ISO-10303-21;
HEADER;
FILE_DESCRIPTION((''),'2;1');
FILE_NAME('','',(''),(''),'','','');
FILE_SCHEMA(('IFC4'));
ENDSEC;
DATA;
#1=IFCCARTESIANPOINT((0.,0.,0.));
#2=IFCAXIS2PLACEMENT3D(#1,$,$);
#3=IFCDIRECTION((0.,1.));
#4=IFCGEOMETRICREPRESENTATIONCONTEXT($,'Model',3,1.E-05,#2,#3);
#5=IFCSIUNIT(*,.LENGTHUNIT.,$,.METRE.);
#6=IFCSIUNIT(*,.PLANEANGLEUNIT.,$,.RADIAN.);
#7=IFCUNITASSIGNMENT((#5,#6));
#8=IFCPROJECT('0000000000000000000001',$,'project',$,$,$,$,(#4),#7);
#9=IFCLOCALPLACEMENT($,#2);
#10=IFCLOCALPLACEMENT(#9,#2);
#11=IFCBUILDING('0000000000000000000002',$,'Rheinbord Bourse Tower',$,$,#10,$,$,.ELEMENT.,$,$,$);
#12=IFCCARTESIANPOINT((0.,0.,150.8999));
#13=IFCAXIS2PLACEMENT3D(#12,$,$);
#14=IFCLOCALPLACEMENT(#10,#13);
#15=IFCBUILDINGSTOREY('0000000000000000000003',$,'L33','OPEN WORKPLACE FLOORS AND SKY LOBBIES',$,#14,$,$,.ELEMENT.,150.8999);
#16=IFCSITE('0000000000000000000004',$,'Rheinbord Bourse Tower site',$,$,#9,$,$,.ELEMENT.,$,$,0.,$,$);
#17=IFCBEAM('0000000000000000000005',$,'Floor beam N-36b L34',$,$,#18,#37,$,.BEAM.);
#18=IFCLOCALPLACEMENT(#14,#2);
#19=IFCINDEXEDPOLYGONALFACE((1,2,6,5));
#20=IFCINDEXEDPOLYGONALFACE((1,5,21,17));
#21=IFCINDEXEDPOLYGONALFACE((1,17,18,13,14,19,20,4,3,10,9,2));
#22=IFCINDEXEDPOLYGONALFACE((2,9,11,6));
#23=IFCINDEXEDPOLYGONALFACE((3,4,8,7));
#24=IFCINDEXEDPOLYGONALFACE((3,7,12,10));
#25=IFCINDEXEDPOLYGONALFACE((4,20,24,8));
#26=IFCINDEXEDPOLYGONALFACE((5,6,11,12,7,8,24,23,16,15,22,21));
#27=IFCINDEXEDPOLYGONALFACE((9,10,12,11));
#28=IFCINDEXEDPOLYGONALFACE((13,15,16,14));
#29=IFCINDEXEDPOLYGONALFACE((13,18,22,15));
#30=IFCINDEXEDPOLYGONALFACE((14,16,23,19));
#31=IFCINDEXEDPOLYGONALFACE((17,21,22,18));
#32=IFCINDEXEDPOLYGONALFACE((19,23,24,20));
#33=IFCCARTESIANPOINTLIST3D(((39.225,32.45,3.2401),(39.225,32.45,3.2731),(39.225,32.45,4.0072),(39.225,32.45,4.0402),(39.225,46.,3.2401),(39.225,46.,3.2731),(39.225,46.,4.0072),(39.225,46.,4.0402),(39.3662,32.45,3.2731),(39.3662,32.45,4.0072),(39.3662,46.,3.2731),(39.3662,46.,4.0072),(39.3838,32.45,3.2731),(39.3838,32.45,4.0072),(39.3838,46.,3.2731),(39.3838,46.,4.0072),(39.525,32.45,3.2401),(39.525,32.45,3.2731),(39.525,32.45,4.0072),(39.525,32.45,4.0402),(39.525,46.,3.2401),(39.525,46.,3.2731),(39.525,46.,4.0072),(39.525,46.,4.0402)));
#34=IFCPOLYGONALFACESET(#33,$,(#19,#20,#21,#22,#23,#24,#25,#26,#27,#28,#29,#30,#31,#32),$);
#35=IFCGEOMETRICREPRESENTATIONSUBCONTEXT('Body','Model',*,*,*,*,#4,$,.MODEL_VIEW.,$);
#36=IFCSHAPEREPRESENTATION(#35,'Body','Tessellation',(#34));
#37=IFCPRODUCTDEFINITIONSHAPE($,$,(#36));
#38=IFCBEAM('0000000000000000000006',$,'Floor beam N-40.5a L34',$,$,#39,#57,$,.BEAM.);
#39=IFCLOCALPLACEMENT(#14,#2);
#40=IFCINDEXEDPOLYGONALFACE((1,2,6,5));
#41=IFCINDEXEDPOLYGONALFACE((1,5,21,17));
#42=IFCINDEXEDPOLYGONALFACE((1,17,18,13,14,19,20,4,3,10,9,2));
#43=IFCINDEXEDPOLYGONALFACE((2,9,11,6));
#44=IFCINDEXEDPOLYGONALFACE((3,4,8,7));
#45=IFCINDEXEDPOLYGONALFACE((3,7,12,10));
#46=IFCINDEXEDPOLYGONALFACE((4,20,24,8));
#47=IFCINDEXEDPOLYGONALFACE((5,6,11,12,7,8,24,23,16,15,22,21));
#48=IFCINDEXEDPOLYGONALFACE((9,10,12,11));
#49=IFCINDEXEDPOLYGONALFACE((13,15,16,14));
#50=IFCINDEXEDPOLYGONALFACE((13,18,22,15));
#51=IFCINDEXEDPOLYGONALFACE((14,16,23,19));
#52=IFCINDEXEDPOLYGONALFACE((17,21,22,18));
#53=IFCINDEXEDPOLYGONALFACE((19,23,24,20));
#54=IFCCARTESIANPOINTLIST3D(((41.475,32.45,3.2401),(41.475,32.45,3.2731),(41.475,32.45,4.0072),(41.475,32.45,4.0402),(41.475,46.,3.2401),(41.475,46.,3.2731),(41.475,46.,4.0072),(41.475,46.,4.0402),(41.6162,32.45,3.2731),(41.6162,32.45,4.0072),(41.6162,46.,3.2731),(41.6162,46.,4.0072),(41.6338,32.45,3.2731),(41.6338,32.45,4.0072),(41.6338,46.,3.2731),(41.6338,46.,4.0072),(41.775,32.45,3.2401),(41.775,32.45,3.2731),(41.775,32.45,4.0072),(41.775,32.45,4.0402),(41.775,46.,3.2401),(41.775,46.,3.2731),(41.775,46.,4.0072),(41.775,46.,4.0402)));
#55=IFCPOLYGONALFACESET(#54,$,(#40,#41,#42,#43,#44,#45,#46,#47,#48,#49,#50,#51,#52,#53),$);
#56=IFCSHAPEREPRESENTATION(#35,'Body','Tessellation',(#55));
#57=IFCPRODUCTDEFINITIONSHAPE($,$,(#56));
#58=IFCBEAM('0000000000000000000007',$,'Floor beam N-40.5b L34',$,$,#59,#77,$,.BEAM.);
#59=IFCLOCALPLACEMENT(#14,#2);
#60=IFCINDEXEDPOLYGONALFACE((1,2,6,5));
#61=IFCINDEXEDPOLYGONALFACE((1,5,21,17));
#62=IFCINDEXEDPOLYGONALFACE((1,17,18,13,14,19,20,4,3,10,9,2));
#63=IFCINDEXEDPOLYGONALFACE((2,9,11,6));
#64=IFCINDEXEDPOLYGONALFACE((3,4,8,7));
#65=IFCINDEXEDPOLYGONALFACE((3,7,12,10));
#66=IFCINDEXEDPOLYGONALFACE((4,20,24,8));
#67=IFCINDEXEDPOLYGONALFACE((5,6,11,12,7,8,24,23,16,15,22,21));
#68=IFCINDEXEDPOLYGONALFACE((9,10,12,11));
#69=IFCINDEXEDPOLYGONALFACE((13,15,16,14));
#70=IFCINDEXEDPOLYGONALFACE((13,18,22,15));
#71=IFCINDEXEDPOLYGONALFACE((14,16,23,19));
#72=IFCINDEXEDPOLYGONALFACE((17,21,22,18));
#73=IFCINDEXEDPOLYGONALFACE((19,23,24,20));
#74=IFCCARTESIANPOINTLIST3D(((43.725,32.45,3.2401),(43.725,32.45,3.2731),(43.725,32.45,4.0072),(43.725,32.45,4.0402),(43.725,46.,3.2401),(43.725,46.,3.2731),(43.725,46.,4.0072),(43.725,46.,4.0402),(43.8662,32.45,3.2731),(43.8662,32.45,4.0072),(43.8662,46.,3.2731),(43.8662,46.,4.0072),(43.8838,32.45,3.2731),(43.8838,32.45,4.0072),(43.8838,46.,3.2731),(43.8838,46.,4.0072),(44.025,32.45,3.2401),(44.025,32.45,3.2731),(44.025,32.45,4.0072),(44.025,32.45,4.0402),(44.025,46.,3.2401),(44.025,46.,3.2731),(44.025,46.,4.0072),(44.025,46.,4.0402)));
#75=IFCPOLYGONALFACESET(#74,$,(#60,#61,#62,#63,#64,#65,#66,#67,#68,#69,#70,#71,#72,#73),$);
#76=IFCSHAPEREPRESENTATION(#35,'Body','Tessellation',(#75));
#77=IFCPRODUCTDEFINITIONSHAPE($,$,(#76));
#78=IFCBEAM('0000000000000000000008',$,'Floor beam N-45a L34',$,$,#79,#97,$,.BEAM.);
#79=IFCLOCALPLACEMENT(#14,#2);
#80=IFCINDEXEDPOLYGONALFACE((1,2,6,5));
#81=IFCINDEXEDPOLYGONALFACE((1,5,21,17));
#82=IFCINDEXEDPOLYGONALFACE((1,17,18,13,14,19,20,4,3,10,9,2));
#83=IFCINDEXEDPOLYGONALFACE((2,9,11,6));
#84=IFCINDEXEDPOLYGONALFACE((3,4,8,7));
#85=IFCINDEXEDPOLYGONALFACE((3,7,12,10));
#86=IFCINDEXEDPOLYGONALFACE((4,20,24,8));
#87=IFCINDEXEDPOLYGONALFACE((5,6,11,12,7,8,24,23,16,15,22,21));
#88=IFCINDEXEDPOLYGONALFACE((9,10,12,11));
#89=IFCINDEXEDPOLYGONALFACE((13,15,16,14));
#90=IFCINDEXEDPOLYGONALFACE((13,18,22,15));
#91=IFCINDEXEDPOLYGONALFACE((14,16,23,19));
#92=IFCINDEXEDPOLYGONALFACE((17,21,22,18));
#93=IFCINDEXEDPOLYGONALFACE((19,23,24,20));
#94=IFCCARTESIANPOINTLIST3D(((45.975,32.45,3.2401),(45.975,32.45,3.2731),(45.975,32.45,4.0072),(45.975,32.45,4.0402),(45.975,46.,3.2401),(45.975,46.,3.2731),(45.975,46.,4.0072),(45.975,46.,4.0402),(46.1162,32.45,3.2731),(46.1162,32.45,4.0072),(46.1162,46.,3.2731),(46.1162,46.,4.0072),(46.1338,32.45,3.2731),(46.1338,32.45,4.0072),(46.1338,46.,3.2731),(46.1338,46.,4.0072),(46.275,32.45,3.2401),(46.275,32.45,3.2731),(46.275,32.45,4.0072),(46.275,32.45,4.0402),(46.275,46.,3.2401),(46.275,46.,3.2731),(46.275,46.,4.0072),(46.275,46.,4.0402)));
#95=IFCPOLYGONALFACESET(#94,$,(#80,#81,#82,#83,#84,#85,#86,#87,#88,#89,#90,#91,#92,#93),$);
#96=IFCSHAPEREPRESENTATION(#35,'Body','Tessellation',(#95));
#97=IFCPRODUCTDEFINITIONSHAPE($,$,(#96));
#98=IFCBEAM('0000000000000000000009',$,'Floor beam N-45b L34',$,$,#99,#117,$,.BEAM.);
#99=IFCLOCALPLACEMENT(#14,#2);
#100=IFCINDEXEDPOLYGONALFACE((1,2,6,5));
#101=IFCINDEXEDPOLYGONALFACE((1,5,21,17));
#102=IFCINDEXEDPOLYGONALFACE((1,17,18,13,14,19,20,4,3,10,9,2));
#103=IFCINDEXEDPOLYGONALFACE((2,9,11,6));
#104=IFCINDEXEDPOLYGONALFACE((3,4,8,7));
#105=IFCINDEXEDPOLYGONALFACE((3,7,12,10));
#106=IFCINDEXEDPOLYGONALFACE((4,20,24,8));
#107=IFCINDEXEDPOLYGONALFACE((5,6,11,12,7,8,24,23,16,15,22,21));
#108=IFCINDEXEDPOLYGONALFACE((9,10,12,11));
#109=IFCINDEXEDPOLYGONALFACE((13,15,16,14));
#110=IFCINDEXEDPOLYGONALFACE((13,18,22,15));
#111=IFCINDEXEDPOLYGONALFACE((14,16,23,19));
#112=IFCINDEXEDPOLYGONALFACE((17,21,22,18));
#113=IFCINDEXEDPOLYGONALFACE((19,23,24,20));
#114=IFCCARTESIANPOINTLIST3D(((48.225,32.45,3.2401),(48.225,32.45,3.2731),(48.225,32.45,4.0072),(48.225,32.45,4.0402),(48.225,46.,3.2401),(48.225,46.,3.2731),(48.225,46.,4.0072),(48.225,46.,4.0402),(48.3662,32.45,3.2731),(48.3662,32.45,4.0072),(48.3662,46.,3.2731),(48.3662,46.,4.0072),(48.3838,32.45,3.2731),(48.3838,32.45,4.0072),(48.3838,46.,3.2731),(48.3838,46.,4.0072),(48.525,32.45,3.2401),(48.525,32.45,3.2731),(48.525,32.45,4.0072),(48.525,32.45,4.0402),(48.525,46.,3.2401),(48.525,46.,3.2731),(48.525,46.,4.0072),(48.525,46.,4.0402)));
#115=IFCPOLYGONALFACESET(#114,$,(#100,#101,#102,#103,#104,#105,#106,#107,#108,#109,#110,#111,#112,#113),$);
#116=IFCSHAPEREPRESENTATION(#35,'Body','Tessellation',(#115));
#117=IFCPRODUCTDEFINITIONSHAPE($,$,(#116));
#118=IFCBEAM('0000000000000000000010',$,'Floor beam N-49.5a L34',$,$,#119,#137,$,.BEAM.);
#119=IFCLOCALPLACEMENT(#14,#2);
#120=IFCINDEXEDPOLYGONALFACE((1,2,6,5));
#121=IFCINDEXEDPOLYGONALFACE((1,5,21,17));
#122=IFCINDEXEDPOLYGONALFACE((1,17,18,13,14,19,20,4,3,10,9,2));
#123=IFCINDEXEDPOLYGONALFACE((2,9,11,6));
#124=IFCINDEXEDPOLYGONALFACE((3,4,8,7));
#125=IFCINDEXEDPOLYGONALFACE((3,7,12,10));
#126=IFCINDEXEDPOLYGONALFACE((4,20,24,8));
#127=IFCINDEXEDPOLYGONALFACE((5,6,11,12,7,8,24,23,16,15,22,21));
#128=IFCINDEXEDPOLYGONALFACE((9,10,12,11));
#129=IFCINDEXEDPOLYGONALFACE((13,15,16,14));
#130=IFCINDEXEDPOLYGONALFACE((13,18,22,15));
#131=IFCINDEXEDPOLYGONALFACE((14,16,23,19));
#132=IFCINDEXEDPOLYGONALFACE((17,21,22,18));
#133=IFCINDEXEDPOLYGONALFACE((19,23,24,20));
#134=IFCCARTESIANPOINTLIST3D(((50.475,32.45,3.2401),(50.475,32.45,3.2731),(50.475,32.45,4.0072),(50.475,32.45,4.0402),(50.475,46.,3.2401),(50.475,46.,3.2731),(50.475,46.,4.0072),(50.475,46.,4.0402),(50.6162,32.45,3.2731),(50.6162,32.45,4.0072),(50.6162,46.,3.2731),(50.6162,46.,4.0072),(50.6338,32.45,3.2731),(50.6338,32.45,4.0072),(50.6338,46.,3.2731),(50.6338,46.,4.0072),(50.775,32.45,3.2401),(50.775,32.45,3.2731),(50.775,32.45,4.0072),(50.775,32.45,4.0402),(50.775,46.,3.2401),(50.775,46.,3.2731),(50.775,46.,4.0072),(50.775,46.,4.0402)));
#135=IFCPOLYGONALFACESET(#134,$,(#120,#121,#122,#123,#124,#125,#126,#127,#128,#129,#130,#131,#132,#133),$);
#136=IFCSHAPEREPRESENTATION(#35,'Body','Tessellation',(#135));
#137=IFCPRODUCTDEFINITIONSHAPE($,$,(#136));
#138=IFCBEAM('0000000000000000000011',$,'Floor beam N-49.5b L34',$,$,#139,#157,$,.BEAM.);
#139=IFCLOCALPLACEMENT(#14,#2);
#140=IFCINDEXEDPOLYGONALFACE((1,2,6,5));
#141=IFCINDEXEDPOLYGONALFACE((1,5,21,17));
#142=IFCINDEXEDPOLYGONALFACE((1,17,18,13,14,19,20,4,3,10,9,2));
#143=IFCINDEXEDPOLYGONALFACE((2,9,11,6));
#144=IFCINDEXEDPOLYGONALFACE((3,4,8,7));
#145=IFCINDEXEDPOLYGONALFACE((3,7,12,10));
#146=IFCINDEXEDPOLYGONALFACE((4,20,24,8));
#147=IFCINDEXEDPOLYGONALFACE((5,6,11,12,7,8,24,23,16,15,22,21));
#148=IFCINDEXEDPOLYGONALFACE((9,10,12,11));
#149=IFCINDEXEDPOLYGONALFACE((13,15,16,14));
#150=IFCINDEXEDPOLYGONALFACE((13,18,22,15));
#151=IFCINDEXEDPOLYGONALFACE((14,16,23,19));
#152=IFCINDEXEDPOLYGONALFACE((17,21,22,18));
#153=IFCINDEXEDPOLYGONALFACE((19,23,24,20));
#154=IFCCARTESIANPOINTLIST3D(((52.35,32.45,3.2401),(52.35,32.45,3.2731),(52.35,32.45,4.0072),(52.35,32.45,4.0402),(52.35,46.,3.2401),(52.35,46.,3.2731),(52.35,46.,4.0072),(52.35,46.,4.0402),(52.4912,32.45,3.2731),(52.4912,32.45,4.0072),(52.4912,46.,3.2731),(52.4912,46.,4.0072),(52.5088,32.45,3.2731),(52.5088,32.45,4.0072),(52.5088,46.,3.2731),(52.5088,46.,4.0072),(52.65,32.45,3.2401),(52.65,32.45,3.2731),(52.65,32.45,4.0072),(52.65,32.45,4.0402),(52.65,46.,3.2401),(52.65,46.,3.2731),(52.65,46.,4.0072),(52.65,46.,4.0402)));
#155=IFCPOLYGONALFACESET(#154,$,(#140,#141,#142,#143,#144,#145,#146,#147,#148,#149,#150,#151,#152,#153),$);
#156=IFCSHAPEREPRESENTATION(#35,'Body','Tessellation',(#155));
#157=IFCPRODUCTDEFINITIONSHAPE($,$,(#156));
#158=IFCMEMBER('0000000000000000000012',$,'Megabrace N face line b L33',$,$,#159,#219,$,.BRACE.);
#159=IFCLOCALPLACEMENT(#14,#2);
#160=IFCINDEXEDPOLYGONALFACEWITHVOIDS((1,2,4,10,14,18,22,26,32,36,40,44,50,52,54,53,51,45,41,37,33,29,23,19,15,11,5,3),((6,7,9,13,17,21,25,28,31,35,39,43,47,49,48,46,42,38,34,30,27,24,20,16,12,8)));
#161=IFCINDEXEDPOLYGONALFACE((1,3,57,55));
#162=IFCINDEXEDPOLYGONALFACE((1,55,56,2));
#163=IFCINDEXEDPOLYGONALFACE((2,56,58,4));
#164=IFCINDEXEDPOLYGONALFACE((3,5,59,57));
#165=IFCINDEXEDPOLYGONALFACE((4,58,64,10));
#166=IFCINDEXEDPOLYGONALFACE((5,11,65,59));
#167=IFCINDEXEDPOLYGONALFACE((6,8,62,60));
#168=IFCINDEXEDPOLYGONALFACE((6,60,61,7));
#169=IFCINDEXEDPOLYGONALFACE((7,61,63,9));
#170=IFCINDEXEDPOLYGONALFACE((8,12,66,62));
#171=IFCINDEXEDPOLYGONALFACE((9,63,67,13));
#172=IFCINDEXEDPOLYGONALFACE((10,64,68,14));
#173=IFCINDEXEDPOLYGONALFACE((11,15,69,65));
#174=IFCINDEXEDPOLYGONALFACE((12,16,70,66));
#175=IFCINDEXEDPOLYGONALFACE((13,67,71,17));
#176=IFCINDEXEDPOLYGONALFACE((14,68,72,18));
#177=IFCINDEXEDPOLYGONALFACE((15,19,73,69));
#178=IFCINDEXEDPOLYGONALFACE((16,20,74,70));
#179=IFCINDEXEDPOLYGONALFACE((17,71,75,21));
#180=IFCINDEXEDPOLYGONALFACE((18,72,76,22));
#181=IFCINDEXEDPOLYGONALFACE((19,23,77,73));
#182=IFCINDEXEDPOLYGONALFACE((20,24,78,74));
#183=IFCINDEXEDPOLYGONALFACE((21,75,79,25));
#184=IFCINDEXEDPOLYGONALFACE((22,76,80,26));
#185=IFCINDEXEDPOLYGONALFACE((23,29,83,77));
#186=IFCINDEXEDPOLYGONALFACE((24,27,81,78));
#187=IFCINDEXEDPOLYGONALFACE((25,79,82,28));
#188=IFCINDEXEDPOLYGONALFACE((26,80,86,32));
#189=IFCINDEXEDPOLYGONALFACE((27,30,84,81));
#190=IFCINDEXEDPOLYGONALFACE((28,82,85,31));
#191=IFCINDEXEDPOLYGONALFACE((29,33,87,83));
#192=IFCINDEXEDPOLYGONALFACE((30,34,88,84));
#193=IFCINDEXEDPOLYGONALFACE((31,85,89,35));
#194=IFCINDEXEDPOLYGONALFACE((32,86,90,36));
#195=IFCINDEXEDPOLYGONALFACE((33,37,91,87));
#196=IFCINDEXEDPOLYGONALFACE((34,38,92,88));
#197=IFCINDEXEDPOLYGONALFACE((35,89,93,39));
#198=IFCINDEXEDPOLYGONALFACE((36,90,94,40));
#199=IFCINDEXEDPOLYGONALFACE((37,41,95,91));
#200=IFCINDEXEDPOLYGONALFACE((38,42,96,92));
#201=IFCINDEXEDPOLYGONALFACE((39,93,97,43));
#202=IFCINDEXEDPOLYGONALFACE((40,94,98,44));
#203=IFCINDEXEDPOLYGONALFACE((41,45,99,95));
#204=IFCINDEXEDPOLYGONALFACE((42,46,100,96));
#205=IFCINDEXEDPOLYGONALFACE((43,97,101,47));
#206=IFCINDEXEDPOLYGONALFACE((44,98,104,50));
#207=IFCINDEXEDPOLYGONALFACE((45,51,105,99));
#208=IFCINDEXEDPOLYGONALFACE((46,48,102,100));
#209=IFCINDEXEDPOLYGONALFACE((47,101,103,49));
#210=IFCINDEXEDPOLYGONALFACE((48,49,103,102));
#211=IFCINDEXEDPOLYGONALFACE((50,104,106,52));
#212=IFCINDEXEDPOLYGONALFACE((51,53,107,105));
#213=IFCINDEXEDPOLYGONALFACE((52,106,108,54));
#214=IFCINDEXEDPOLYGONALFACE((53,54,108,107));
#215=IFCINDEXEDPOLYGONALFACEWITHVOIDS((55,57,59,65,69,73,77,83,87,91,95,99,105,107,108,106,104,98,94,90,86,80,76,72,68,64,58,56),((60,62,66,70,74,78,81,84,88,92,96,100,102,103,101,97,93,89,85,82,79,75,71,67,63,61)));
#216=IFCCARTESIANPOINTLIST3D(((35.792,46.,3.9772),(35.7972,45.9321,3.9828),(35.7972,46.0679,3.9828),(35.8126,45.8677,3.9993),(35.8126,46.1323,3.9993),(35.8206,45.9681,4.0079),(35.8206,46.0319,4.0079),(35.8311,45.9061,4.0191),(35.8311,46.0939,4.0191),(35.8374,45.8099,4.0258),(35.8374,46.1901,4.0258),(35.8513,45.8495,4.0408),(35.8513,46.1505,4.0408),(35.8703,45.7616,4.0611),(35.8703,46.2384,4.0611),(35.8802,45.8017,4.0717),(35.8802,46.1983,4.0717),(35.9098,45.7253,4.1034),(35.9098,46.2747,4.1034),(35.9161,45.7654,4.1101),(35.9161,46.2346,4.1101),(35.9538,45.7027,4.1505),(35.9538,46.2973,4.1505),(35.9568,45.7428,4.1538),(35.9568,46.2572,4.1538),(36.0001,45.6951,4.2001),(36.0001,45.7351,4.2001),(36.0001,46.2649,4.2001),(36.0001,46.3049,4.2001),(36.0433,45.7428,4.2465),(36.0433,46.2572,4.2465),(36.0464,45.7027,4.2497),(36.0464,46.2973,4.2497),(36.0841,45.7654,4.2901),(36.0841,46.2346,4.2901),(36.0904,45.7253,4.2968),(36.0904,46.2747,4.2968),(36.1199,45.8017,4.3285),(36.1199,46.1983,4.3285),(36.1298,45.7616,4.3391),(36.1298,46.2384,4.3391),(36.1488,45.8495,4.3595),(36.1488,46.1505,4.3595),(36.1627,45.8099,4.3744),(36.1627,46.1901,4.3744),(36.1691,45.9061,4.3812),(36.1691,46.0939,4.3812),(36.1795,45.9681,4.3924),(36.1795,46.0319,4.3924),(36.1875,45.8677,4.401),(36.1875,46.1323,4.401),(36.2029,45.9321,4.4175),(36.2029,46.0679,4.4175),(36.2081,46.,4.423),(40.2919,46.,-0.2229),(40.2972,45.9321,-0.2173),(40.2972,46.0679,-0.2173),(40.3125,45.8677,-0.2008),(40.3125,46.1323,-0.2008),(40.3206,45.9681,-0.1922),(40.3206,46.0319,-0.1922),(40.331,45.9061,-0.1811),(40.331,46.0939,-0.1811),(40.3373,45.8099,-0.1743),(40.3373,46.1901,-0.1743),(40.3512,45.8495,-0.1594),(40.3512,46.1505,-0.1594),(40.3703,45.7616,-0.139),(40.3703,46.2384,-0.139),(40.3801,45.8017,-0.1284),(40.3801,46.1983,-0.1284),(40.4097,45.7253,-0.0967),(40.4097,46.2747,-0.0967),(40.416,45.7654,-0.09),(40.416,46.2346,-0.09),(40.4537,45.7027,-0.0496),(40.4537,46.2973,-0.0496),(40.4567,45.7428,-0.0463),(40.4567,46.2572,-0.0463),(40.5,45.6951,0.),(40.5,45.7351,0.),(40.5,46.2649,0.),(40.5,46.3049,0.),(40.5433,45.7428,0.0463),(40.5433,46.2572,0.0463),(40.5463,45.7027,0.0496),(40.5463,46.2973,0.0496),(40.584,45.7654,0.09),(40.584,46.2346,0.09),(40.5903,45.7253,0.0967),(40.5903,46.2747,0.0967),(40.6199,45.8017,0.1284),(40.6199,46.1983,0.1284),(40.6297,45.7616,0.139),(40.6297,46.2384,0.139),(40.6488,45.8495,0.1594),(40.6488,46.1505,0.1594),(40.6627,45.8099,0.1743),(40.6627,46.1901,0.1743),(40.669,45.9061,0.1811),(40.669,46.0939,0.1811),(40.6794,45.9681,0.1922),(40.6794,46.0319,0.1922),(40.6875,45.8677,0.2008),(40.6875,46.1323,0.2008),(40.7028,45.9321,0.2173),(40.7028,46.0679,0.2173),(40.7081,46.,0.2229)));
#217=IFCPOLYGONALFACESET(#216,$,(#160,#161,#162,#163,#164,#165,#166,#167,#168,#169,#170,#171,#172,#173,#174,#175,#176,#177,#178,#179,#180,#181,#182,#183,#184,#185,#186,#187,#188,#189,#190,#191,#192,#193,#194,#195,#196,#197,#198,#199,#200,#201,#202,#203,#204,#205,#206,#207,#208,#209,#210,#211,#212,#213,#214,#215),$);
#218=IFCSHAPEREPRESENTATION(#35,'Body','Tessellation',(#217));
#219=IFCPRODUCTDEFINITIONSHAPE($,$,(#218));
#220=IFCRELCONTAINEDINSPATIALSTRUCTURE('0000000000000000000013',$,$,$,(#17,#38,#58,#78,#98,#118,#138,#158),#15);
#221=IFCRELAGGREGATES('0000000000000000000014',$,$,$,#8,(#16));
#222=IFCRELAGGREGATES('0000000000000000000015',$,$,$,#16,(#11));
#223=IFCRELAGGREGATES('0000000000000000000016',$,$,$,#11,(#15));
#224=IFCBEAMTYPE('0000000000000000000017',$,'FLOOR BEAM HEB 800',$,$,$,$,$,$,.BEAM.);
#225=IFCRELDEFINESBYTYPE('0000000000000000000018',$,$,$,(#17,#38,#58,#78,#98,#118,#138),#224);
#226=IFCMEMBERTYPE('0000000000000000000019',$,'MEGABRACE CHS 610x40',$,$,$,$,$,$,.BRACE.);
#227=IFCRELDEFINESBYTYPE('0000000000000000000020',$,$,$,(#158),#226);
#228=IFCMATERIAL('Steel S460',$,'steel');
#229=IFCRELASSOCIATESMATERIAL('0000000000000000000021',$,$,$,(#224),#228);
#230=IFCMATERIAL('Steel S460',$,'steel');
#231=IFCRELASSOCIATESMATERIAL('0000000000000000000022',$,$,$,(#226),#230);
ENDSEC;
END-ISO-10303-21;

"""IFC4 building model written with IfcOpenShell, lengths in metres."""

from ifc_helpers import new_model, si_unit, direction, frame, origin, origin_2d, place, context, subcontext, project, spatial, hollow_circle, i_section, extrude, material, material_profile, profile_set, type_object, element, save


model = new_model("IFC4")

# Units and contexts
model_context = context("Model", 3, precision=1e-05, world=origin(), true_north=direction((0.0, 1.0)))
body_context = subcontext(model_context, "Body", "Model", "MODEL_VIEW")
ifc_project = project(units=[si_unit("LENGTHUNIT", "METRE"), si_unit("PLANEANGLEUNIT", "RADIAN")], contexts=[model_context])

# Site, building, storey
site_placement = place(None, origin())
site = spatial("IfcSite", under=ifc_project, at=site_placement, Name="Rheinbord Bourse Tower site", CompositionType="ELEMENT", RefElevation=0.0)
building_placement = place(site_placement, origin())
building = spatial("IfcBuilding", under=site, at=building_placement, Name="Rheinbord Bourse Tower", CompositionType="ELEMENT")
storey_placement = place(building_placement, frame((0.0, 0.0, 150.8999)))
storey = spatial("IfcBuildingStorey", under=building, at=storey_placement, Name="L33", Description="OPEN WORKPLACE FLOORS AND SKY LOBBIES", CompositionType="ELEMENT", Elevation=150.8999)

# Beams
ifc_material_1 = material(Name="Steel S460", Category="steel")
ifc_material_profile_1 = material_profile(ifc_material_1, i_section(OverallWidth=0.3, OverallDepth=0.8, WebThickness=0.0176, FlangeThickness=0.033, at=origin_2d()), Name="HEB 800")
ifc_profile_set_1 = profile_set([ifc_material_profile_1], Name="Steel S460")
beam_type_1 = type_object("IfcBeamType", Name="FLOOR BEAM HEB 800", PredefinedType="BEAM", material=ifc_profile_set_1)
for number, where, z_axis, x_axis, name in (
    (1, (39.375, 46.0, 3.6401), (0.0, -1.0, 0.0), (1.0, 0.0, 0.0), "Floor beam N-36b L34"),
    (2, (41.625, 46.0, 3.6401), (0.0, -1.0, 0.0), (1.0, 0.0, 0.0), "Floor beam N-40.5a L34"),
    (3, (43.875, 46.0, 3.6401), (0.0, -1.0, 0.0), (1.0, 0.0, 0.0), "Floor beam N-40.5b L34"),
    (4, (46.125, 46.0, 3.6401), (0.0, -1.0, 0.0), (1.0, 0.0, 0.0), "Floor beam N-45a L34"),
    (5, (48.375, 46.0, 3.6401), (0.0, -1.0, 0.0), (1.0, 0.0, 0.0), "Floor beam N-45b L34"),
    (6, (50.625, 46.0, 3.6401), (0.0, -1.0, 0.0), (1.0, 0.0, 0.0), "Floor beam N-49.5a L34"),
    (7, (52.5, 46.0, 3.6401), (0.0, -1.0, 0.0), (1.0, 0.0, 0.0), "Floor beam N-49.5b L34"),
):
    element("IfcBeam", number, at=place(storey_placement, frame(where, z_axis=z_axis, x_axis=x_axis)), inside=storey, type_object=beam_type_1, Name=name, PredefinedType="BEAM", context=body_context, shape_type="SweptSolid", body=[
        extrude(i_section(OverallWidth=0.3, OverallDepth=0.8, WebThickness=0.0176, FlangeThickness=0.033, at=origin_2d()), origin(), (0.0, 0.0, 1.0), 13.55),
    ])

# Member
ifc_material_2 = material(Name="Steel S460", Category="steel")
ifc_material_profile_2 = material_profile(ifc_material_2, hollow_circle(Radius=0.3049, WallThickness=0.04, at=origin_2d()), Name="CHS 610x40")
ifc_profile_set_2 = profile_set([ifc_material_profile_2], Name="Steel S460")
member_type_1 = type_object("IfcMemberType", Name="MEGABRACE CHS 610x40", PredefinedType="BRACE", material=ifc_profile_set_2)
member_1_placement = place(storey_placement, frame((40.5, 46.0, 0.0), z_axis=(-0.731039, 0.0, 0.682335), x_axis=(0.0, -1.0, 0.0)))
element("IfcMember", 8, at=member_1_placement, inside=storey, type_object=member_type_1, Name="Megabrace N face line b L33", PredefinedType="BRACE", context=body_context, shape_type="SweptSolid", body=[
    extrude(hollow_circle(Radius=0.3049, WallThickness=0.04, at=origin_2d()), origin(), (0.0, 0.0, 1.0), 6.1555),
])

save(model, "model.ifc")
